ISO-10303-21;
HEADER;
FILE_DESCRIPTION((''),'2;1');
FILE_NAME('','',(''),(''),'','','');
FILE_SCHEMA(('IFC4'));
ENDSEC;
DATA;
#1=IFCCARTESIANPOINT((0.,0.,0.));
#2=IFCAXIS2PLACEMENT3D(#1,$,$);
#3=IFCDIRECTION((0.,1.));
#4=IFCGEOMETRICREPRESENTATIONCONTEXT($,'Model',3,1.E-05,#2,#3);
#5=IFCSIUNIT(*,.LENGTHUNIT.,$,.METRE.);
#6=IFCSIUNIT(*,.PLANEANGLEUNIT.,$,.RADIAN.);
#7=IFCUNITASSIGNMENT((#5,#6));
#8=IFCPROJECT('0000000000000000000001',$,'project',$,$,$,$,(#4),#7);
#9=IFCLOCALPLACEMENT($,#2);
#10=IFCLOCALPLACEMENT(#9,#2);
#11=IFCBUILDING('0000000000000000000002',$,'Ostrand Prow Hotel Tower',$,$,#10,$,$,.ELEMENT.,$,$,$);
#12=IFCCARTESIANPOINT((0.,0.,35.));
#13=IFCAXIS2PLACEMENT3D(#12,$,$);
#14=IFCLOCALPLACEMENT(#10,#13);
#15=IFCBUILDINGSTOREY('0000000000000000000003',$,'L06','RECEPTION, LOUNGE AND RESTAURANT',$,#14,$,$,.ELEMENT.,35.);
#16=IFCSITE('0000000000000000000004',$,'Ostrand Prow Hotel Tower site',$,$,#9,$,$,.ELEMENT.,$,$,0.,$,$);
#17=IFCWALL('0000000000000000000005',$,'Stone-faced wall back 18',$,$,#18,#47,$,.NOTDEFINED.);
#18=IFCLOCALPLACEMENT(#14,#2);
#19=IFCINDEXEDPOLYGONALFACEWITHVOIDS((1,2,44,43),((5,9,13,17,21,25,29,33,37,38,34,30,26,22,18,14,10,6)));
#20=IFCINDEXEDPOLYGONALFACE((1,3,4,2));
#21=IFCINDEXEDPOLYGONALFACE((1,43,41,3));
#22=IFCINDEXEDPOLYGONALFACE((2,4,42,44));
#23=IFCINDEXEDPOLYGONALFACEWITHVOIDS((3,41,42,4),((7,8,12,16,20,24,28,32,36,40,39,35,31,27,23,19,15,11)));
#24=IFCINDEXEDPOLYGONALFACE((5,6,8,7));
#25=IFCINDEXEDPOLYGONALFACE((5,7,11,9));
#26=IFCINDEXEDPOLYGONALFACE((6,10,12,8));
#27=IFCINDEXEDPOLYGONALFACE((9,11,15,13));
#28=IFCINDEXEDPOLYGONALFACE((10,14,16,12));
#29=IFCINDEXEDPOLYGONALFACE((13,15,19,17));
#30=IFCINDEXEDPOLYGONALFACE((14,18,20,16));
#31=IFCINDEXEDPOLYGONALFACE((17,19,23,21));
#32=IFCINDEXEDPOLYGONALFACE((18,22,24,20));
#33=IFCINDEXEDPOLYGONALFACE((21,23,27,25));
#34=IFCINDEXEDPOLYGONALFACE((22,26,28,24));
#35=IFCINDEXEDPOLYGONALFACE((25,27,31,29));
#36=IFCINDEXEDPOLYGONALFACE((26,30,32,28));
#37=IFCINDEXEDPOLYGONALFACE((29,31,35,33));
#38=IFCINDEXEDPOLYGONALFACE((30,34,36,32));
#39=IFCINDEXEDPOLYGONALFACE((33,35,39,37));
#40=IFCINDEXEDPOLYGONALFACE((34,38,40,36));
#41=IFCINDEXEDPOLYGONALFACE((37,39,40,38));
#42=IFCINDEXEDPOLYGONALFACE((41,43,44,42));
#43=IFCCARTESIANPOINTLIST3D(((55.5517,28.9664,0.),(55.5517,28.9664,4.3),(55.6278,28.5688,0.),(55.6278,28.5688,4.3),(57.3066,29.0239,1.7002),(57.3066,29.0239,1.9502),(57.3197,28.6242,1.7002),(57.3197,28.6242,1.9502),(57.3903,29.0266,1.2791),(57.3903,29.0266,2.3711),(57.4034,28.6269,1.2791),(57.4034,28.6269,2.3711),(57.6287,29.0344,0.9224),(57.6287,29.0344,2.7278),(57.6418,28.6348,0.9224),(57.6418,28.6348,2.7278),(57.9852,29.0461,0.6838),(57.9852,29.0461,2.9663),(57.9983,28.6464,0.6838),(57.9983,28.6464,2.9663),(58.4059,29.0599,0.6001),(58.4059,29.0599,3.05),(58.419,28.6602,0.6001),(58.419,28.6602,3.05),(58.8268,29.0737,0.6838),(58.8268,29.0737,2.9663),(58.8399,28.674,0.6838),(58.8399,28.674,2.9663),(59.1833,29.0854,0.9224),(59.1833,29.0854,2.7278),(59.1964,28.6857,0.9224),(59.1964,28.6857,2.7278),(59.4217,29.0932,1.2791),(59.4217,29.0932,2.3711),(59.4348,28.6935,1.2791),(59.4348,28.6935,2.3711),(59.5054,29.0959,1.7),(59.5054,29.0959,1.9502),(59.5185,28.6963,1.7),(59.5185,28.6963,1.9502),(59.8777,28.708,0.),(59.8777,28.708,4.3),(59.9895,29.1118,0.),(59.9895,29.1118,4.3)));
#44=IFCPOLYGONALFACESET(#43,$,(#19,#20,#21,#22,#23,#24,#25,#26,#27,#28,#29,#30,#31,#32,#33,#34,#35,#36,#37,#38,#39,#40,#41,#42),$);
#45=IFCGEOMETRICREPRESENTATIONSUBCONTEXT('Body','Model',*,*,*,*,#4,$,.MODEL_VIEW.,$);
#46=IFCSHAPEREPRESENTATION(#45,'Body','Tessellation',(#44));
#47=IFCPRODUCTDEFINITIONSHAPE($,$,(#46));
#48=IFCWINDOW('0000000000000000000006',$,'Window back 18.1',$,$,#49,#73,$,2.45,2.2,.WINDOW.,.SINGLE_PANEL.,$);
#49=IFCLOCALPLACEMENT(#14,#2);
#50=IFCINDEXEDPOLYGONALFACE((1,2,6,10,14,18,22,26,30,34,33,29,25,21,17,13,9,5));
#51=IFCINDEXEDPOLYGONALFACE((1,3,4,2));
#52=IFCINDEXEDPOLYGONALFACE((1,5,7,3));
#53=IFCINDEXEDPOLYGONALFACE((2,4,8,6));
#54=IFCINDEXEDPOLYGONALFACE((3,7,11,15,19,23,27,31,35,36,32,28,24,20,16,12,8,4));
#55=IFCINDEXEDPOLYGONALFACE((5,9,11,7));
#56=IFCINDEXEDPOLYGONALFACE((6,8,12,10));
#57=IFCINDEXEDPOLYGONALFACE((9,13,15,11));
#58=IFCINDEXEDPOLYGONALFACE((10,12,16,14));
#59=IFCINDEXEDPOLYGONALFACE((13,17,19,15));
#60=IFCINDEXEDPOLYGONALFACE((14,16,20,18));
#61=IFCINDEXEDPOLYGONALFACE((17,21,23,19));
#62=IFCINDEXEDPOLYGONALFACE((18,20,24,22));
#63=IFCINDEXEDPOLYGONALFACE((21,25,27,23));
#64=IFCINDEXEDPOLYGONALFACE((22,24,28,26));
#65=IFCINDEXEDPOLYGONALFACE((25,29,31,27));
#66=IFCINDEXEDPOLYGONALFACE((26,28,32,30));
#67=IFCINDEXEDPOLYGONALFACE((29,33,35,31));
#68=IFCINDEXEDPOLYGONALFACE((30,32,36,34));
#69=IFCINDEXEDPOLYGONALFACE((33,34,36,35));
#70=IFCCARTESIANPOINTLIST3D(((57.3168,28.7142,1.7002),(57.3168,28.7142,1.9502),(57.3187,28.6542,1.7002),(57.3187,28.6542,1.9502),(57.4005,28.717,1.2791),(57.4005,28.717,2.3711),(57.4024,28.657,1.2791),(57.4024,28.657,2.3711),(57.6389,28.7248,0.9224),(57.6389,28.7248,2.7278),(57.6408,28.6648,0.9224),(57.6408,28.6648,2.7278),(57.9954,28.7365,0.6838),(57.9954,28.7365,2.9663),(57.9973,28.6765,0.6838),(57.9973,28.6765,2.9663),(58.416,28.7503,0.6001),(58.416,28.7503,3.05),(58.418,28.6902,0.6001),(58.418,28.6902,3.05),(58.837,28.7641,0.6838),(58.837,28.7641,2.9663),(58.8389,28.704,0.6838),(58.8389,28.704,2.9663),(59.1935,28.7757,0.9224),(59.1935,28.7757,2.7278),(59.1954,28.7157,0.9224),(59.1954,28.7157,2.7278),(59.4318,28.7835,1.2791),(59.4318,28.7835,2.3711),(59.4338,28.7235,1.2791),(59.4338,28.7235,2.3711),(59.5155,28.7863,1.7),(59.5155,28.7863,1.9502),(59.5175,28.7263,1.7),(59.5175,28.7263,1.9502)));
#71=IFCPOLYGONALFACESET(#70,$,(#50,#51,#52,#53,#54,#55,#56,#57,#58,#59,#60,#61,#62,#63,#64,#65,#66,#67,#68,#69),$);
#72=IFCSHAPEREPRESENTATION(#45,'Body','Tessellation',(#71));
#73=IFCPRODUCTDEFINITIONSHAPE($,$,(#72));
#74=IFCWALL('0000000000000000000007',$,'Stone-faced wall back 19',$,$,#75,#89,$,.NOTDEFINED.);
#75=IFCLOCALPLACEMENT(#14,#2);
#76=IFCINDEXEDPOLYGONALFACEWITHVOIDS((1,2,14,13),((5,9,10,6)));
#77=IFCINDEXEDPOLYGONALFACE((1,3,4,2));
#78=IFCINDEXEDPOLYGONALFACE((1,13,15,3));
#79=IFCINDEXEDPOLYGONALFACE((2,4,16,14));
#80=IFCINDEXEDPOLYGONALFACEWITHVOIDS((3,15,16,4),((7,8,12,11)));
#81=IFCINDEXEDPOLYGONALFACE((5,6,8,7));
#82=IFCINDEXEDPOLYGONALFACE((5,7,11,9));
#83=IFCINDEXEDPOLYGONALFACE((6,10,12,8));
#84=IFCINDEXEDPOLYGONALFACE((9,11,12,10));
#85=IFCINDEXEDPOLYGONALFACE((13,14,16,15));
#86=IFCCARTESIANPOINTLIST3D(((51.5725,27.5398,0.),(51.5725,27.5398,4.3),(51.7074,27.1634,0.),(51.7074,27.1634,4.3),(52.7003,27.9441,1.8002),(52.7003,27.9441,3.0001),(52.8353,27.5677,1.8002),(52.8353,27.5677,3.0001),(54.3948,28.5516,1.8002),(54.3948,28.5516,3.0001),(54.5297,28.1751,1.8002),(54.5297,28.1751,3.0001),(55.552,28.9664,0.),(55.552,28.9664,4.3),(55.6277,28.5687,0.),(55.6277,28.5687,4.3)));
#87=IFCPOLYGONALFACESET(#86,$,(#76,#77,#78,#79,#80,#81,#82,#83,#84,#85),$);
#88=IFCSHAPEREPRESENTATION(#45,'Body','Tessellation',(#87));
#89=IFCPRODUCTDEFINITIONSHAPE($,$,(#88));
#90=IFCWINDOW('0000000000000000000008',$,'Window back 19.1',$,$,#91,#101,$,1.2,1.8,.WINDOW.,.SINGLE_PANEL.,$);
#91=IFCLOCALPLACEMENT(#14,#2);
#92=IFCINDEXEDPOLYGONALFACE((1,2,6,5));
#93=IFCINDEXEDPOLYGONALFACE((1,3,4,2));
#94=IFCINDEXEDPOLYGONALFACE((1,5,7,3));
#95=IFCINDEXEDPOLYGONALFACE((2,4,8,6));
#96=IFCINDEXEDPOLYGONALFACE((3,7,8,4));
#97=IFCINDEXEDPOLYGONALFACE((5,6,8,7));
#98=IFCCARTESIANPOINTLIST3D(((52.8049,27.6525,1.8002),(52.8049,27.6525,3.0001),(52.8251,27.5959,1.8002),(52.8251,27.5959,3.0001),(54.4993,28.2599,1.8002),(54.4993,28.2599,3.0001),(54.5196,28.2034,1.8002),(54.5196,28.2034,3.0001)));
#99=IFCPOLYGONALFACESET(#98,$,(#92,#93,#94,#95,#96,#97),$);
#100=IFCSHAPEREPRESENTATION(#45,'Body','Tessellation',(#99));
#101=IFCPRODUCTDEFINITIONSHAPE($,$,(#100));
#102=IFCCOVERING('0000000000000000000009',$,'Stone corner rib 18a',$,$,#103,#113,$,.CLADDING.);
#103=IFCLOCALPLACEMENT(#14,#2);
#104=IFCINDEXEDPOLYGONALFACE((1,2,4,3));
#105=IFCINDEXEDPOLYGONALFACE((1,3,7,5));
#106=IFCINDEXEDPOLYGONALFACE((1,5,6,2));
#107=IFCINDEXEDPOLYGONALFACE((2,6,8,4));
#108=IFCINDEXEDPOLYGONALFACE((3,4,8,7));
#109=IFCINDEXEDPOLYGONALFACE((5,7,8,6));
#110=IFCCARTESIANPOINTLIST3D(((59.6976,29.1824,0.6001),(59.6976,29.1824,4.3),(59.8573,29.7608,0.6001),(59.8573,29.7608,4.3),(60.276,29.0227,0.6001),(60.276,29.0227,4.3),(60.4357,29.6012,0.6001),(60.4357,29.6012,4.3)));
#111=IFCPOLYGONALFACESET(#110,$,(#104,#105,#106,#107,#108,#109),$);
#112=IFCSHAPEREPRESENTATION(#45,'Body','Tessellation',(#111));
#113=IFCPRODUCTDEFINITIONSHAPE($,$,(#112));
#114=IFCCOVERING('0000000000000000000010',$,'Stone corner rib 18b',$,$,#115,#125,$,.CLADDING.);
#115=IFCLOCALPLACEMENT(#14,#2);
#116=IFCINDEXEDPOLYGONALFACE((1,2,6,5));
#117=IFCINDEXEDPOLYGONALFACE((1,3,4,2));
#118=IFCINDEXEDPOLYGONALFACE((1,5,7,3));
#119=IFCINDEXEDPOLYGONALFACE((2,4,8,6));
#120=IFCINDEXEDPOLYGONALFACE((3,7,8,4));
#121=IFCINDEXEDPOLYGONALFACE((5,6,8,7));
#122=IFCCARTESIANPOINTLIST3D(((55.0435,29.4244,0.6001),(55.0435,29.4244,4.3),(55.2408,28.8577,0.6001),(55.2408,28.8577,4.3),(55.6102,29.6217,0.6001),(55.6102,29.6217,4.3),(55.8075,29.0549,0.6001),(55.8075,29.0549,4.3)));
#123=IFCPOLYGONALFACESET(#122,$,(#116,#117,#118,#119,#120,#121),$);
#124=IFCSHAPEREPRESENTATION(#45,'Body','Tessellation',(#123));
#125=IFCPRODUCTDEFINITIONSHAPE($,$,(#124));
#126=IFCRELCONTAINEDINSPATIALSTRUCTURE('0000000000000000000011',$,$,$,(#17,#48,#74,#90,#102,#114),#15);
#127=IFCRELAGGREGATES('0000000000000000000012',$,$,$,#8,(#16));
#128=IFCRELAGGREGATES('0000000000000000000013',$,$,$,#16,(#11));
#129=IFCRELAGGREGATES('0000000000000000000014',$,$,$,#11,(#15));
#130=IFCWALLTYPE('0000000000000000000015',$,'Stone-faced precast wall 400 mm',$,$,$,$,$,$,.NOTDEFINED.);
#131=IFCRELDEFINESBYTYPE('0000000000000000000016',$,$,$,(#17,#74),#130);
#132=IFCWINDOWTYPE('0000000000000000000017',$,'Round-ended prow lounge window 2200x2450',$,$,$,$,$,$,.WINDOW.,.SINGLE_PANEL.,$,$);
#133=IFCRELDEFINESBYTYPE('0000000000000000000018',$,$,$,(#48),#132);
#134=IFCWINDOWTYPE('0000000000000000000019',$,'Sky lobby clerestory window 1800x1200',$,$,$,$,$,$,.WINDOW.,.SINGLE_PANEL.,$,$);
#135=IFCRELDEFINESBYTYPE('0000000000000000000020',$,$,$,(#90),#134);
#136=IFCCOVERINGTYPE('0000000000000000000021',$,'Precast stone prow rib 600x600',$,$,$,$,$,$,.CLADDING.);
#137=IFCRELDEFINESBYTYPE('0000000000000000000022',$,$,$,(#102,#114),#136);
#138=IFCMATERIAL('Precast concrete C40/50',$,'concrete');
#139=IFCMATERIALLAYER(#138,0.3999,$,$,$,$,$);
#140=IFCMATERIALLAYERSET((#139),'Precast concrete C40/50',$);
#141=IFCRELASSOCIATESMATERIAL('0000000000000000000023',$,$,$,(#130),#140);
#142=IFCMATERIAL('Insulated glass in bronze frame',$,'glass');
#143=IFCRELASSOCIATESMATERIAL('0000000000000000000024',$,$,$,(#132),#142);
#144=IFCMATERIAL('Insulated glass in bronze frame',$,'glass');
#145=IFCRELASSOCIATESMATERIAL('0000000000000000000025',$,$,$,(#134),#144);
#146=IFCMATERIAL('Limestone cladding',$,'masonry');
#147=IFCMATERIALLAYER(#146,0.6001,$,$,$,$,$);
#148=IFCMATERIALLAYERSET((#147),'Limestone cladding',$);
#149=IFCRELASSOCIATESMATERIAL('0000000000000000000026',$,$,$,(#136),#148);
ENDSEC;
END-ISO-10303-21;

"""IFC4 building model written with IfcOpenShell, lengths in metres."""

from ifc_helpers import new_model, si_unit, direction, frame, frame_2d, origin, place, context, subcontext, project, spatial, polyline, rectangle, outline, extrude, material, layer, layer_set, type_object, element, fill, save


model = new_model("IFC4")

# Units and contexts
model_context = context("Model", 3, precision=1e-05, world=origin(), true_north=direction((0.0, 1.0)))
body_context = subcontext(model_context, "Body", "Model", "MODEL_VIEW")
ifc_project = project(units=[si_unit("LENGTHUNIT", "METRE"), si_unit("PLANEANGLEUNIT", "RADIAN")], contexts=[model_context])

# Site, building, storey
site_placement = place(None, origin())
site = spatial("IfcSite", under=ifc_project, at=site_placement, Name="Ostrand Prow Hotel Tower site", CompositionType="ELEMENT", RefElevation=0.0)
building_placement = place(site_placement, origin())
building = spatial("IfcBuilding", under=site, at=building_placement, Name="Ostrand Prow Hotel Tower", CompositionType="ELEMENT")
storey_placement = place(building_placement, frame((0.0, 0.0, 35.0)))
storey = spatial("IfcBuildingStorey", under=building, at=storey_placement, Name="L06", Description="RECEPTION, LOUNGE AND RESTAURANT", CompositionType="ELEMENT", Elevation=35.0)

# Walls, openings, windows
ifc_material_1 = material(Name="Precast concrete C40/50", Category="concrete")
ifc_layer_1 = layer(ifc_material_1, 0.3999)
ifc_layer_set_1 = layer_set([ifc_layer_1], Name="Precast concrete C40/50")
wall_type_1 = type_object("IfcWallType", Name="Stone-faced precast wall 400 mm", PredefinedType="NOTDEFINED", material=ifc_layer_set_1)
wall_1_placement = place(storey_placement, frame((59.9336, 28.9099, 0.0), z_axis=(0.0, 0.0, 1.0), x_axis=(-0.999464, -0.03275, 0.0)))
wall_1 = element("IfcWall", 1, at=wall_1_placement, inside=storey, type_object=wall_type_1, Name="Stone-faced wall back 18", PredefinedType="NOTDEFINED", context=body_context, shape_type="SweptSolid", body=[
    extrude(outline(polyline([(-0.0625, -0.2), (4.3777, -0.2), (4.3147, 0.2), (0.0625, 0.2), (-0.0625, -0.2)])), origin(), (0.0, 0.0, 1.0), 4.3),
])
opening_1_placement = place(wall_1_placement, frame((0.4219, 0.0, 0.6001)))
opening_1 = element("IfcOpeningElement", 2, at=opening_1_placement, cuts=wall_1, PredefinedType="OPENING", context=body_context, shape_type="SweptSolid", body=[
    extrude(outline(polyline([(0.0, 1.3501), (0.0837, 1.771), (0.3223, 2.1277), (0.679, 2.3662), (1.1001, 2.45), (1.521, 2.3662), (1.8777, 2.1277), (2.1162, 1.771), (2.2, 1.3501), (2.2, 1.1001), (2.1162, 0.679), (1.8777, 0.3223), (1.521, 0.0837), (1.1001, 0.0), (0.679, 0.0837), (0.3223, 0.3223), (0.0837, 0.679), (0.0, 1.0999), (0.0, 1.3501)])), frame((0.0, 0.21, 0.0), z_axis=(0.0, -1.0, 0.0), x_axis=(1.0, 0.0, 0.0)), (0.0, 0.0, 1.0), 0.4199),
])
ifc_material_2 = material(Name="Insulated glass in bronze frame", Category="glass")
window_type_1 = type_object("IfcWindowType", Name="Round-ended prow lounge window 2200x2450", PartitioningType="SINGLE_PANEL", PredefinedType="WINDOW", material=ifc_material_2)
window_1_placement = place(opening_1_placement, origin())
window_1 = element("IfcWindow", 3, at=window_1_placement, inside=storey, type_object=window_type_1, Name="Window back 18.1", OverallHeight=2.45, OverallWidth=2.2, PartitioningType="SINGLE_PANEL", PredefinedType="WINDOW", context=body_context, shape_type="SweptSolid", body=[
    extrude(outline(polyline([(0.0, 1.3501), (0.0837, 1.771), (0.3223, 2.1277), (0.679, 2.3662), (1.1001, 2.45), (1.521, 2.3662), (1.8777, 2.1277), (2.1162, 1.771), (2.2, 1.3501), (2.2, 1.1001), (2.1162, 0.679), (1.8777, 0.3223), (1.521, 0.0837), (1.1001, 0.0), (0.679, 0.0837), (0.3223, 0.3223), (0.0837, 0.679), (0.0, 1.0999), (0.0, 1.3501)])), frame((0.0, 0.1699, 0.0), z_axis=(0.0, -1.0, 0.0), x_axis=(1.0, 0.0, 0.0)), (0.0, 0.0, 1.0), 0.0601),
])
fill(opening_1, window_1)
wall_2_placement = place(storey_placement, frame((55.5898, 28.7676, 0.0), z_axis=(0.0, 0.0, 1.0), x_axis=(-0.94134, -0.33746, 0.0)))
wall_2 = element("IfcWall", 4, at=wall_2_placement, inside=storey, type_object=wall_type_1, Name="Stone-faced wall back 19", PredefinedType="NOTDEFINED", context=body_context, shape_type="SweptSolid", body=[
    extrude(outline(polyline([(-0.0315, -0.2), (4.196, -0.2), (4.196, 0.2), (0.0315, 0.2), (-0.0315, -0.2)])), origin(), (0.0, 0.0, 1.0), 4.3),
])
opening_2_placement = place(wall_2_placement, frame((1.198, 0.0, 1.8)))
opening_2 = element("IfcOpeningElement", 5, at=opening_2_placement, cuts=wall_2, PredefinedType="OPENING", context=body_context, shape_type="SweptSolid", body=[
    extrude(rectangle(XDim=1.8, YDim=1.2, at=frame_2d((0.8999, 0.6001))), frame((0.0, 0.21, 0.0), z_axis=(0.0, -1.0, 0.0), x_axis=(1.0, 0.0, 0.0)), (0.0, 0.0, 1.0), 0.4199),
])
ifc_material_3 = material(Name="Insulated glass in bronze frame", Category="glass")
window_type_2 = type_object("IfcWindowType", Name="Sky lobby clerestory window 1800x1200", PartitioningType="SINGLE_PANEL", PredefinedType="WINDOW", material=ifc_material_3)
window_2_placement = place(opening_2_placement, origin())
window_2 = element("IfcWindow", 6, at=window_2_placement, inside=storey, type_object=window_type_2, Name="Window back 19.1", OverallHeight=1.2, OverallWidth=1.8, PartitioningType="SINGLE_PANEL", PredefinedType="WINDOW", context=body_context, shape_type="SweptSolid", body=[
    extrude(rectangle(XDim=1.8, YDim=1.2, at=frame_2d((0.8999, 0.6001))), frame((0.0, 0.1699, 0.0), z_axis=(0.0, -1.0, 0.0), x_axis=(1.0, 0.0, 0.0)), (0.0, 0.0, 1.0), 0.0601),
])
fill(opening_2, window_2)

# Coverings
ifc_material_4 = material(Name="Limestone cladding", Category="masonry")
ifc_layer_2 = layer(ifc_material_4, 0.6001)
ifc_layer_set_2 = layer_set([ifc_layer_2], Name="Limestone cladding")
covering_type = type_object("IfcCoveringType", Name="Precast stone prow rib 600x600", PredefinedType="CLADDING", material=ifc_layer_set_2)
for number, where, z_axis, x_axis, name in (
    (7, (59.9868, 29.1025, 0.6001), (0.0, 0.0, 1.0), (0.266112, 0.963942, 0.0), "Stone corner rib 18a"),
    (8, (55.5242, 28.9563, 0.6001), (0.0, 0.0, 1.0), (-0.328773, 0.944409, 0.0), "Stone corner rib 18b"),
):
    element("IfcCovering", number, at=place(storey_placement, frame(where, z_axis=z_axis, x_axis=x_axis)), inside=storey, type_object=covering_type, Name=name, PredefinedType="CLADDING", context=body_context, shape_type="SweptSolid", body=[
        extrude(rectangle(XDim=0.6001, YDim=0.6001, at=frame_2d((0.3, 0.0))), origin(), (0.0, 0.0, 1.0), 3.7),
    ])

save(model, "model.ifc")
